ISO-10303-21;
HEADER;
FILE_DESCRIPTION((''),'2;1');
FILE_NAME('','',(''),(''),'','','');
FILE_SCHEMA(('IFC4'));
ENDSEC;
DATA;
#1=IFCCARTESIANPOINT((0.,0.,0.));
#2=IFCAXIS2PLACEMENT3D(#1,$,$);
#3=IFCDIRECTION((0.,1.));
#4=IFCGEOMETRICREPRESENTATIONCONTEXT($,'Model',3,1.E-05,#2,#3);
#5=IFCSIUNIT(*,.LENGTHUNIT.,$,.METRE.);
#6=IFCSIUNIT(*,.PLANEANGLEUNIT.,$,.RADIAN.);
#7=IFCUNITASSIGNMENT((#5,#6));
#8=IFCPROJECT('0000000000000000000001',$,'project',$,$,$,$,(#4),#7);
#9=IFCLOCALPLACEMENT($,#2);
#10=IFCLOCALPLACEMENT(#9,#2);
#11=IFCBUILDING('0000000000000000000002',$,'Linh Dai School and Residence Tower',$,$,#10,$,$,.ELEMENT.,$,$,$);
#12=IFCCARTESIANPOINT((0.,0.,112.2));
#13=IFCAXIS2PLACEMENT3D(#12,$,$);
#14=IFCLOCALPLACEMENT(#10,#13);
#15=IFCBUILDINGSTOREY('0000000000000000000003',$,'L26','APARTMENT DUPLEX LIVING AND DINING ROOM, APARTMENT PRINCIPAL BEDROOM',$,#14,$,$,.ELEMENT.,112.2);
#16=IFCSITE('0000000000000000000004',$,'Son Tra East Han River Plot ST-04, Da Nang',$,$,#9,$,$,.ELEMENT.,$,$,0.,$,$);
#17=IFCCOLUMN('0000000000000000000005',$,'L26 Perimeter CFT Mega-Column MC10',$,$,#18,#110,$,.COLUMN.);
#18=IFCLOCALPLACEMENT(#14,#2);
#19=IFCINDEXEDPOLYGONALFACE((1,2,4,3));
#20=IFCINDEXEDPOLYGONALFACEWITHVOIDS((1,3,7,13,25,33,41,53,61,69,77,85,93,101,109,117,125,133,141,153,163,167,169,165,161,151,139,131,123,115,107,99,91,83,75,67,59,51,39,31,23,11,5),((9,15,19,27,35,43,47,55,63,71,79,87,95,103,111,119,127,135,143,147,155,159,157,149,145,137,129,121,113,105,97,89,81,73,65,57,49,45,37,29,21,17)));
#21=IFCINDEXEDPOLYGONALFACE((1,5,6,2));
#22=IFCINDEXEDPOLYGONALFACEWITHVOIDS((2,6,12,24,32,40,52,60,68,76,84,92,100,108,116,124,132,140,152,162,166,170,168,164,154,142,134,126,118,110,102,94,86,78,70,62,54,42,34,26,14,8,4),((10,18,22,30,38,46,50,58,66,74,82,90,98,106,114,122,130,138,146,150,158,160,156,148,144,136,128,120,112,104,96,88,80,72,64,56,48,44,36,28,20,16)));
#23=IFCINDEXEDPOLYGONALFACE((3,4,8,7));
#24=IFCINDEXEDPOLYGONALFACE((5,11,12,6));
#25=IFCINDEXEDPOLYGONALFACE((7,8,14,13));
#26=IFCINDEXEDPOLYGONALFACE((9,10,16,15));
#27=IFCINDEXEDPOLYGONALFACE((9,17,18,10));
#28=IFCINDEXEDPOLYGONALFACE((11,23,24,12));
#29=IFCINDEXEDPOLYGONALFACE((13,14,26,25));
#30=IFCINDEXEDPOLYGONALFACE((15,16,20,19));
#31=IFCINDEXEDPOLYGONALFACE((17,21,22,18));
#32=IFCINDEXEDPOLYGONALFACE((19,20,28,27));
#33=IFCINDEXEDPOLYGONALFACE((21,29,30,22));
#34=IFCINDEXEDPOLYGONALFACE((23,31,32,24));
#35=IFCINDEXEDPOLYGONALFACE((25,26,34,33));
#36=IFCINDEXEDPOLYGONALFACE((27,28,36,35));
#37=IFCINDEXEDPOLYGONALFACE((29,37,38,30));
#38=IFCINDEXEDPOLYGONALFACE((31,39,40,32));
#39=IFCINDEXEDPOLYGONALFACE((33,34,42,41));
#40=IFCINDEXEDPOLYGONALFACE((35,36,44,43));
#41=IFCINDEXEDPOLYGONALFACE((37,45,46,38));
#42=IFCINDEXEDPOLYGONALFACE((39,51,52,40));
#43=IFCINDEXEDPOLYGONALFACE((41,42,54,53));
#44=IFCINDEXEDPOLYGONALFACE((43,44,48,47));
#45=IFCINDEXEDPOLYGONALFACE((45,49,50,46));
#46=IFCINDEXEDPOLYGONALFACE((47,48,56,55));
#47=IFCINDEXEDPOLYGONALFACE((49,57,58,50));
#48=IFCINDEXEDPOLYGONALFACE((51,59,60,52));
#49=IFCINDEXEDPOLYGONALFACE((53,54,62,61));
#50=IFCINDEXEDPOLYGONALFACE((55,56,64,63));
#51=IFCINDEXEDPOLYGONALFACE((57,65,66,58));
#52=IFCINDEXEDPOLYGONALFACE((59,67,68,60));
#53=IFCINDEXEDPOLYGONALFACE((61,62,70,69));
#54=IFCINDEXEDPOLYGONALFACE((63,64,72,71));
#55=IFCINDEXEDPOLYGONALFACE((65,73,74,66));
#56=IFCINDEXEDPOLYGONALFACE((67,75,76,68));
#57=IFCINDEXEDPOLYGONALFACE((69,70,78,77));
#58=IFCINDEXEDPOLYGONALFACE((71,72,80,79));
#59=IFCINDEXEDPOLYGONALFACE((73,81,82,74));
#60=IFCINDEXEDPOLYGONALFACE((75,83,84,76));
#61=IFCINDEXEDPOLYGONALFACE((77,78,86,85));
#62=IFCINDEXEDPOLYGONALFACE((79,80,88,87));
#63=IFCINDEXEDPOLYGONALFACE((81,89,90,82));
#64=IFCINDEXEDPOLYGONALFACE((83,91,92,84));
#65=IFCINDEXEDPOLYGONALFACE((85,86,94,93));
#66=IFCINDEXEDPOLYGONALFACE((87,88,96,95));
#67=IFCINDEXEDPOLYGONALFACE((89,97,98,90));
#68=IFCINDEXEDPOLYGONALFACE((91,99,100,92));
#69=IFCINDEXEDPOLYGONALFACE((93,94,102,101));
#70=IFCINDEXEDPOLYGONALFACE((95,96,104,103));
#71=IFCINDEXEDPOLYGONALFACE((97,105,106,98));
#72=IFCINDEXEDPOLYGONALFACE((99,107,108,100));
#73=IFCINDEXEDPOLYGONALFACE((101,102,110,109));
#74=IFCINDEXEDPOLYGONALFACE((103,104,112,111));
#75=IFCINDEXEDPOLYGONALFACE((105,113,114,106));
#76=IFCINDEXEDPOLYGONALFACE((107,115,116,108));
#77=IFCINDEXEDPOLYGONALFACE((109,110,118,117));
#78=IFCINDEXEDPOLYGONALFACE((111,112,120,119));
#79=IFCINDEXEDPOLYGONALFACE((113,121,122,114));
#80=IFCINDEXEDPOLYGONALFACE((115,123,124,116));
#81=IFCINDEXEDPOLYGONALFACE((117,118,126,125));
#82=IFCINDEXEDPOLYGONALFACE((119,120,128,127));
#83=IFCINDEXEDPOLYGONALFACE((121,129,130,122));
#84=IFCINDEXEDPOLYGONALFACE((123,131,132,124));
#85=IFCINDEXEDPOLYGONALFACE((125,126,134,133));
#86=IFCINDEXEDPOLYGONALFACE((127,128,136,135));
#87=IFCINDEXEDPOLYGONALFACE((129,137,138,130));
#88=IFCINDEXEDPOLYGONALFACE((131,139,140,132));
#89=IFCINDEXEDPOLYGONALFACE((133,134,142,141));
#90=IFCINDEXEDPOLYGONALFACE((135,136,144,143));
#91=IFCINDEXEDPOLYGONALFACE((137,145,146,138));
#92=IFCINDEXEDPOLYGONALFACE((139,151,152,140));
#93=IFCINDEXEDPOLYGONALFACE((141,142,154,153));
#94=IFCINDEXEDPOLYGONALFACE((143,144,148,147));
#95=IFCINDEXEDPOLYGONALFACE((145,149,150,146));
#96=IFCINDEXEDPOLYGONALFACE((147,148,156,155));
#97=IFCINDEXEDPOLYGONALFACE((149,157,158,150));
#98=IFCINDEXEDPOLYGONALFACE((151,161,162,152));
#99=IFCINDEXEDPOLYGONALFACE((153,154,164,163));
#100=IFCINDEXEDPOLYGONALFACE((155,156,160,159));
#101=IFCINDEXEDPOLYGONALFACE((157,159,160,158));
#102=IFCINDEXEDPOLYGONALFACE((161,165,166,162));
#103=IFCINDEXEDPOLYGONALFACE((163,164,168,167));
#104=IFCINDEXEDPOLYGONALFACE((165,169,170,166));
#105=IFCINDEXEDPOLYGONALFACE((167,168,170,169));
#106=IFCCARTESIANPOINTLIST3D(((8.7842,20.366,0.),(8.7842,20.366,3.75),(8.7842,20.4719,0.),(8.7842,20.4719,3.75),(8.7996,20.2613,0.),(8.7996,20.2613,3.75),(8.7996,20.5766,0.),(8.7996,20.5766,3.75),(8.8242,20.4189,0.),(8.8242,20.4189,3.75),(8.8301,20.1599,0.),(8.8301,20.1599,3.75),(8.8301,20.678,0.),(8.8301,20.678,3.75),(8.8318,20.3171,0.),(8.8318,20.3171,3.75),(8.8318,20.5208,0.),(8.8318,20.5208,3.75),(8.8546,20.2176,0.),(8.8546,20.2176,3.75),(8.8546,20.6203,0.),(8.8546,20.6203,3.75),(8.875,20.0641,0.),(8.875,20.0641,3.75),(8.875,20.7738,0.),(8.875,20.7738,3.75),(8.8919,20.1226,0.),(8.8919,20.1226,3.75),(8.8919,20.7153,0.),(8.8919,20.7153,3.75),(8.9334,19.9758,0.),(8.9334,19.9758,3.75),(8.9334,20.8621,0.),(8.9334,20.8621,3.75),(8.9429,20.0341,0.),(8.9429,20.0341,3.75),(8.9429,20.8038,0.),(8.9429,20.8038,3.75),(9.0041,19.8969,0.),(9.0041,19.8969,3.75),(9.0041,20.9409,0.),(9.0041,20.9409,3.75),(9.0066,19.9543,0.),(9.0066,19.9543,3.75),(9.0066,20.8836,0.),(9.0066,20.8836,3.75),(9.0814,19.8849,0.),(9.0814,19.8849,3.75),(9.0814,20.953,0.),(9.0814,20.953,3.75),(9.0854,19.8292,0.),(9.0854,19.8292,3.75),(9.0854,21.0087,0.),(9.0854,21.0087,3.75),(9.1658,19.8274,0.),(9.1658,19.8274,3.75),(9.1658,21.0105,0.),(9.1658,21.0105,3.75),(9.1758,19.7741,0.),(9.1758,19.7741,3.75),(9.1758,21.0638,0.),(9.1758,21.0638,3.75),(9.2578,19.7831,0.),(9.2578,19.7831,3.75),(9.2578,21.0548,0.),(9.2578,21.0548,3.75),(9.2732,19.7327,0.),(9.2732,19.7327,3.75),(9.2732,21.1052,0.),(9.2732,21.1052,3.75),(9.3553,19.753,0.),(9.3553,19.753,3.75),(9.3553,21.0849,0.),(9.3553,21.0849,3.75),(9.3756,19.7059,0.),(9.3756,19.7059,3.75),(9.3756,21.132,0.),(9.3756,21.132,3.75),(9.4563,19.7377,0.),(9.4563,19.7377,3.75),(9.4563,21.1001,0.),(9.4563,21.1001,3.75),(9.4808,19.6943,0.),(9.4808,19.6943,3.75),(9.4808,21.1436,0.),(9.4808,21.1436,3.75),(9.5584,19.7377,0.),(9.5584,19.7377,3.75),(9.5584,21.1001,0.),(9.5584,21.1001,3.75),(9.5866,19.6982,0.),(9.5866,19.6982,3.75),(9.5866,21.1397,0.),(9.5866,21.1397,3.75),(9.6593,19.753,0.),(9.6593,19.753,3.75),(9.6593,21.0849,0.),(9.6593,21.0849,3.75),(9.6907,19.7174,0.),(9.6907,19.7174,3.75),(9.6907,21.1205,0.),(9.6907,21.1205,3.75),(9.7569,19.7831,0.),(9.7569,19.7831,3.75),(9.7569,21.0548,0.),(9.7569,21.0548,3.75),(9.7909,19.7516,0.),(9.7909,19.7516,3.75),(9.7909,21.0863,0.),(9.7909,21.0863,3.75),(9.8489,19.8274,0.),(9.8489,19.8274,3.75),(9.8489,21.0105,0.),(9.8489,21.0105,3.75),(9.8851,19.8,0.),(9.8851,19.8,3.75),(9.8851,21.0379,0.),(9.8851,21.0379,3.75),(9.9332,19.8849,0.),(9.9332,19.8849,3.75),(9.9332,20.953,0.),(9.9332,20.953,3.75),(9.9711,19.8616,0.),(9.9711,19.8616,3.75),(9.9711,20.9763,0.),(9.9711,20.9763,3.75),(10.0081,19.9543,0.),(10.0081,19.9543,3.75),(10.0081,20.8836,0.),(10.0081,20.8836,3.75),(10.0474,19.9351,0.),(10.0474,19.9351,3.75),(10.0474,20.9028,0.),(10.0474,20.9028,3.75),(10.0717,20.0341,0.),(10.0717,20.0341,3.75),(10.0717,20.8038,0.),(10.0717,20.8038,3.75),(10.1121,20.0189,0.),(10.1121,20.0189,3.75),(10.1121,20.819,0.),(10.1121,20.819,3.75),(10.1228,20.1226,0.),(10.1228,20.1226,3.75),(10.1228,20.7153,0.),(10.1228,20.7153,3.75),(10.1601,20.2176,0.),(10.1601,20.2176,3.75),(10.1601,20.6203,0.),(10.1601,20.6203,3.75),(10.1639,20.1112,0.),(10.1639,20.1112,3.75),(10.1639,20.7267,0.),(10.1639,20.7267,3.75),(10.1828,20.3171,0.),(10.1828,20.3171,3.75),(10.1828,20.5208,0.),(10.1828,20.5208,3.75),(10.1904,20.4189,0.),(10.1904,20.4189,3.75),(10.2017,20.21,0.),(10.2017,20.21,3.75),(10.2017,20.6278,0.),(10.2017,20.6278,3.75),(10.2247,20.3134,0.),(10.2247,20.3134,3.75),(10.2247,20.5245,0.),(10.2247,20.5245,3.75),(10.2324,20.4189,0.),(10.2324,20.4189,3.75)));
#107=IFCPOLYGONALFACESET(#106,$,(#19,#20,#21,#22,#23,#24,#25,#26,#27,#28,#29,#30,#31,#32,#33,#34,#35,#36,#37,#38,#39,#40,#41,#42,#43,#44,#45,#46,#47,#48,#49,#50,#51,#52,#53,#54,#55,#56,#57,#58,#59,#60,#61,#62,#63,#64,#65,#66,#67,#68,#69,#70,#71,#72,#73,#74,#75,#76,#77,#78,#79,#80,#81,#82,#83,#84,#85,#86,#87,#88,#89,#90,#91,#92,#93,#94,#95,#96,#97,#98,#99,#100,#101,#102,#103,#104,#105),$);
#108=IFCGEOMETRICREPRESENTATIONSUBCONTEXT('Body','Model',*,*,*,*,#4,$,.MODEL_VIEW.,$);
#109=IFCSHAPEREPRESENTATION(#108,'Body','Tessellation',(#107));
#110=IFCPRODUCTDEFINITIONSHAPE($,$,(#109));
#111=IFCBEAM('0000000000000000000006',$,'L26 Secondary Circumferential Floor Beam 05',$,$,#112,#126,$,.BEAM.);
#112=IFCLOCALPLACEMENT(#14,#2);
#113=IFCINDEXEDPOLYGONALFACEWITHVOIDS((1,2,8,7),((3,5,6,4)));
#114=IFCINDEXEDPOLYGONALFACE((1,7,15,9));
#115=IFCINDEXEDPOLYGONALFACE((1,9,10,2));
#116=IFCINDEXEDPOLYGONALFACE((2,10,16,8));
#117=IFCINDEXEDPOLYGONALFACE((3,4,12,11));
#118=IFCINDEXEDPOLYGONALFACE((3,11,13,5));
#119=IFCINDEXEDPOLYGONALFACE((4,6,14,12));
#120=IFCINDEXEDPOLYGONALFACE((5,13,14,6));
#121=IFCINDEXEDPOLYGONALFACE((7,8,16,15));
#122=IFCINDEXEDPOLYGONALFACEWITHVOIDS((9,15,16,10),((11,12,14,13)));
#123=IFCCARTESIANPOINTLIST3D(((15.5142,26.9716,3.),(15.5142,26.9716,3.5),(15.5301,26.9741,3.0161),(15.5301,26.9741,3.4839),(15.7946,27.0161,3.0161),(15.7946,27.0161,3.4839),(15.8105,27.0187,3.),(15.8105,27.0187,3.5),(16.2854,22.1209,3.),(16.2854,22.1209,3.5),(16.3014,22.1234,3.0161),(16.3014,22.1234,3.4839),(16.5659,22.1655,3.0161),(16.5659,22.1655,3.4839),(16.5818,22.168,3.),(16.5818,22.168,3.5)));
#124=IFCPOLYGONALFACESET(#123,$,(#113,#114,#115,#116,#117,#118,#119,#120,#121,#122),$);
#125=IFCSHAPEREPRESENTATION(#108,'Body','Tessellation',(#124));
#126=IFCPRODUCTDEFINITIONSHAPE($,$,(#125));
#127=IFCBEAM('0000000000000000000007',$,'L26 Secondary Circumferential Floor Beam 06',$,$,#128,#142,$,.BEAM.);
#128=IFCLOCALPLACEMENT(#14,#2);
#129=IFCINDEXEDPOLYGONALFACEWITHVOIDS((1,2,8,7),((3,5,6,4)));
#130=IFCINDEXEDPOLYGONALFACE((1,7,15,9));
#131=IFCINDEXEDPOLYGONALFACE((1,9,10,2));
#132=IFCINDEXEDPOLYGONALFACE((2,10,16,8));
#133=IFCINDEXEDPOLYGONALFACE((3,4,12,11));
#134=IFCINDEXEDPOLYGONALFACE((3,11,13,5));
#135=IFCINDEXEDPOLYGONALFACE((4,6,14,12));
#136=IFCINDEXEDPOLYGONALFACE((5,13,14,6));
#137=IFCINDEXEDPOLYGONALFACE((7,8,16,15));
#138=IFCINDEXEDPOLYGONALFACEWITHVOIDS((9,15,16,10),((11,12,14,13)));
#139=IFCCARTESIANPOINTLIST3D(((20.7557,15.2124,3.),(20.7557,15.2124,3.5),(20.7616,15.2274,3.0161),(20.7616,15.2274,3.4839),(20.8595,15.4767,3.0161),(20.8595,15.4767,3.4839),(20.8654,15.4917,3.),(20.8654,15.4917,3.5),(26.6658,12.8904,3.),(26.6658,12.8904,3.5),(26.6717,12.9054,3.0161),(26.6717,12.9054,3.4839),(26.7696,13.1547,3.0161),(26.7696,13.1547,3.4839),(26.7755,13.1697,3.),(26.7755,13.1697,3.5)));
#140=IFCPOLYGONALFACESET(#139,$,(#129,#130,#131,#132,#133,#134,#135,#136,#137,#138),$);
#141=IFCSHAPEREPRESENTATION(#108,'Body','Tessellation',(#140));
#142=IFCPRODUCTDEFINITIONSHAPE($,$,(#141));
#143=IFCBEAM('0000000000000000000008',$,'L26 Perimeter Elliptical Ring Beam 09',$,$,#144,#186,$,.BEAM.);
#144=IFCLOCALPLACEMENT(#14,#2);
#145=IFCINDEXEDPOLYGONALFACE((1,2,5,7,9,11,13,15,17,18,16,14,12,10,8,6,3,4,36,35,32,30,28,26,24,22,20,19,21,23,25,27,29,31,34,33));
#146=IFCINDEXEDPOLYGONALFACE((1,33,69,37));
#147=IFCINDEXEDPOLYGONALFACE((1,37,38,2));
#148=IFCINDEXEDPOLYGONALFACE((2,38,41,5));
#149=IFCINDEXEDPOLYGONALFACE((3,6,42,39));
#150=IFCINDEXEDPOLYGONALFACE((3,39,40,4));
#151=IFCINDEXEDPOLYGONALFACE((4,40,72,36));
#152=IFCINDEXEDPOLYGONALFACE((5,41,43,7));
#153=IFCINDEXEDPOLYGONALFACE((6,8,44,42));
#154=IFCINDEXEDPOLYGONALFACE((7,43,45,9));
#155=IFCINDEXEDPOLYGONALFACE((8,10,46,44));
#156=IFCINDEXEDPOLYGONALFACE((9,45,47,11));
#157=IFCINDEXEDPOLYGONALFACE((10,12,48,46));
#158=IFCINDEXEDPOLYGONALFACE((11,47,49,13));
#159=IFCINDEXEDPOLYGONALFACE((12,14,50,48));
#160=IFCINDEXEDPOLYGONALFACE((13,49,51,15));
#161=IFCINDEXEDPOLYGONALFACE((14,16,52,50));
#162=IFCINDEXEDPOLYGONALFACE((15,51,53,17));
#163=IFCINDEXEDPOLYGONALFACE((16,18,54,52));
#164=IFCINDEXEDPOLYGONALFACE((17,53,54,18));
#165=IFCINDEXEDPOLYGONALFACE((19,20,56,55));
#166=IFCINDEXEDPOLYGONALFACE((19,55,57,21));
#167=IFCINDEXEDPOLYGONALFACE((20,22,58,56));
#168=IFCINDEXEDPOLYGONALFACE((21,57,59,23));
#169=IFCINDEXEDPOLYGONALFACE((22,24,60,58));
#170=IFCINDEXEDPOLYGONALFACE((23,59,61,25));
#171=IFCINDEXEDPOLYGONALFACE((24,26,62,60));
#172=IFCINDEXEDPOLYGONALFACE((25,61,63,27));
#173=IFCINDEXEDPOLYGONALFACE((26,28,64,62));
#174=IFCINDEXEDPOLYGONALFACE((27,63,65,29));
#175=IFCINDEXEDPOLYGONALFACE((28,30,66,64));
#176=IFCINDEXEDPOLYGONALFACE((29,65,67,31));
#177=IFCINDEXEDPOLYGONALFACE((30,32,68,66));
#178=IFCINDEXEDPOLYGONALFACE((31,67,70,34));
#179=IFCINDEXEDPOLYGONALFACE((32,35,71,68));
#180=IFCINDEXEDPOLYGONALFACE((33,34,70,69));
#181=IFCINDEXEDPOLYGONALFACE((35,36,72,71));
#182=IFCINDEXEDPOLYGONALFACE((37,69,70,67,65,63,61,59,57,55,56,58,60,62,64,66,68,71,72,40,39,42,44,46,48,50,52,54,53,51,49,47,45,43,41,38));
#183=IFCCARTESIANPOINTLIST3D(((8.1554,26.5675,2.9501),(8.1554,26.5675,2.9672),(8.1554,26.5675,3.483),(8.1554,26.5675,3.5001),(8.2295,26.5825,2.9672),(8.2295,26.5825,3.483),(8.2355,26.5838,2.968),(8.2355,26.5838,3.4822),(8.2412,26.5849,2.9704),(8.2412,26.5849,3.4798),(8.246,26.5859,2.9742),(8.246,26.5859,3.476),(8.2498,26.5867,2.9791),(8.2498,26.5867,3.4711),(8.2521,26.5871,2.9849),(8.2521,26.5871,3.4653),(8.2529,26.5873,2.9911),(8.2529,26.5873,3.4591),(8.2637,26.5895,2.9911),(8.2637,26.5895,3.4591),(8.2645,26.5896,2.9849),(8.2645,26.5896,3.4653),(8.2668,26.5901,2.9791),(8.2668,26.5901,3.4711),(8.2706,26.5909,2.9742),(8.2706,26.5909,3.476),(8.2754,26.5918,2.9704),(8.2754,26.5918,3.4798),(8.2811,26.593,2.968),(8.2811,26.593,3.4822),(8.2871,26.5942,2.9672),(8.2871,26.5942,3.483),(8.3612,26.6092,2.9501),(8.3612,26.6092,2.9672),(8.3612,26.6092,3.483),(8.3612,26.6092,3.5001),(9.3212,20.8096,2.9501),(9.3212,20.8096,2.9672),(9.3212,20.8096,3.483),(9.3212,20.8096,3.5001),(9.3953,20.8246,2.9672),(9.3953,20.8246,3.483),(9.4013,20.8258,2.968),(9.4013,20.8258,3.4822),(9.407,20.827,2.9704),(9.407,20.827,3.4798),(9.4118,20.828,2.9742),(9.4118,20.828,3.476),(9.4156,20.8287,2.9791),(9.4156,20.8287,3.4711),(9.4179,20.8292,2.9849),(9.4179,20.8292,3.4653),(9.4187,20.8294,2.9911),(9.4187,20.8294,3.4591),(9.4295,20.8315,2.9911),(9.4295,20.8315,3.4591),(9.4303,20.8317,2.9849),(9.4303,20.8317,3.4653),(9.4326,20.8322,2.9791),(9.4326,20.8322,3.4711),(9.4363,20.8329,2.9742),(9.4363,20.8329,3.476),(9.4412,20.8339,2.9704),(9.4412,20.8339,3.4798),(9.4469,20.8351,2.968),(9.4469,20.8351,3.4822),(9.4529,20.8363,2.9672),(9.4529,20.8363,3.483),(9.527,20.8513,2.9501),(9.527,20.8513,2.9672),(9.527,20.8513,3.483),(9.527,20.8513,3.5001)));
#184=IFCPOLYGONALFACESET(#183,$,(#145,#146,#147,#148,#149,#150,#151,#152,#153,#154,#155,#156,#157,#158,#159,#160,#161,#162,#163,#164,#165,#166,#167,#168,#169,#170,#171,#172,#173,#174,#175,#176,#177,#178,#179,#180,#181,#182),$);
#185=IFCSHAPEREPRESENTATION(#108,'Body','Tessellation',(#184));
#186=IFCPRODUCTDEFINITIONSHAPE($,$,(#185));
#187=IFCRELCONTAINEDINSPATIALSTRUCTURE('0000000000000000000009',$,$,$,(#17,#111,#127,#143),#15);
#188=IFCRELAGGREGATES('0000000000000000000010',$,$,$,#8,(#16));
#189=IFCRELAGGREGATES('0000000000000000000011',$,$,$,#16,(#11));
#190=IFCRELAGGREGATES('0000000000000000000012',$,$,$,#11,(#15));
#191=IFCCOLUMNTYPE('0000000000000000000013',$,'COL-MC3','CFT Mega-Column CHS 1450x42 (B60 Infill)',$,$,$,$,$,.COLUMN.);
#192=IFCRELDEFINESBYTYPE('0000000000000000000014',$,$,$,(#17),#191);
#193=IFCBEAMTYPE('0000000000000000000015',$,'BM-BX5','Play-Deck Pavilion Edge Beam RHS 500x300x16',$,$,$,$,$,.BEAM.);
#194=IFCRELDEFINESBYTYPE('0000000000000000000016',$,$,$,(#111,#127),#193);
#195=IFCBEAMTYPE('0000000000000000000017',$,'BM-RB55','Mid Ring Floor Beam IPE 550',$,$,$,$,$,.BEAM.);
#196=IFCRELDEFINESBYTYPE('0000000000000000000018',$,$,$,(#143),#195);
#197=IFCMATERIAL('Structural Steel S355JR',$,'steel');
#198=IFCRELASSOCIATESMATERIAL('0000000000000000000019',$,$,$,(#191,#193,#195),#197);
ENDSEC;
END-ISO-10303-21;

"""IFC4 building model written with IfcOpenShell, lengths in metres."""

from ifc_helpers import new_model, si_unit, direction, frame, origin, origin_2d, place, context, subcontext, project, spatial, hollow_rectangle, hollow_circle, i_section, extrude, material, material_profile, profile_set, type_object, element, save


model = new_model("IFC4")

# Units and contexts
model_context = context("Model", 3, precision=1e-05, world=origin(), true_north=direction((0.0, 1.0)))
body_context = subcontext(model_context, "Body", "Model", "MODEL_VIEW")
ifc_project = project(units=[si_unit("LENGTHUNIT", "METRE"), si_unit("PLANEANGLEUNIT", "RADIAN")], contexts=[model_context])

# Site, building, storey
site_placement = place(None, origin())
site = spatial("IfcSite", under=ifc_project, at=site_placement, Name="Son Tra East Han River Plot ST-04, Da Nang", CompositionType="ELEMENT", RefElevation=0.0)
building_placement = place(site_placement, origin())
building = spatial("IfcBuilding", under=site, at=building_placement, Name="Linh Dai School and Residence Tower", CompositionType="ELEMENT")
storey_placement = place(building_placement, frame((0.0, 0.0, 112.2)))
storey = spatial("IfcBuildingStorey", under=building, at=storey_placement, Name="L26", Description="APARTMENT DUPLEX LIVING AND DINING ROOM, APARTMENT PRINCIPAL BEDROOM", CompositionType="ELEMENT", Elevation=112.2)

# Column
ifc_material_1 = material(Name="Structural Steel S355JR", Category="steel")
ifc_material_profile_1 = material_profile(ifc_material_1, hollow_circle(Radius=0.7251, WallThickness=0.042, at=origin_2d()), Name="CHS 1450x42")
ifc_profile_set_1 = profile_set([ifc_material_profile_1], Name="Structural Steel S355JR")
column_type = type_object("IfcColumnType", Name="COL-MC3", Description="CFT Mega-Column CHS 1450x42 (B60 Infill)", PredefinedType="COLUMN", material=ifc_profile_set_1)
column_placement = place(storey_placement, frame((9.5073, 20.4189, 0.0), z_axis=(0.0, 0.0, 1.0), x_axis=(1.0, 0.0, 0.0)))
element("IfcColumn", 1, at=column_placement, inside=storey, type_object=column_type, Name="L26 Perimeter CFT Mega-Column MC10", PredefinedType="COLUMN", context=body_context, shape_type="SweptSolid", body=[
    extrude(hollow_circle(Radius=0.7251, WallThickness=0.042, at=origin_2d()), origin(), (0.0, 0.0, 1.0), 3.75),
])

# Beams
ifc_material_profile_2 = material_profile(ifc_material_1, hollow_rectangle(XDim=0.3, YDim=0.5, WallThickness=0.0161, at=origin_2d()), Name="RHS 500x300x16")
ifc_profile_set_2 = profile_set([ifc_material_profile_2], Name="Structural Steel S355JR")
beam_type_1 = type_object("IfcBeamType", Name="BM-BX5", Description="Play-Deck Pavilion Edge Beam RHS 500x300x16", PredefinedType="BEAM", material=ifc_profile_set_2)
beam_1_placement = place(storey_placement, frame((15.6624, 26.9951, 3.25), z_axis=(0.157027, -0.987594, 0.0), x_axis=(0.987594, 0.157027, 0.0)))
element("IfcBeam", 2, at=beam_1_placement, inside=storey, type_object=beam_type_1, Name="L26 Secondary Circumferential Floor Beam 05", PredefinedType="BEAM", context=body_context, shape_type="SweptSolid", body=[
    extrude(hollow_rectangle(XDim=0.3, YDim=0.5, WallThickness=0.0161, at=origin_2d()), origin(), (0.0, 0.0, 1.0), 4.9116),
])
beam_2_placement = place(storey_placement, frame((20.8105, 15.3521, 3.25), z_axis=(0.930742, -0.365676, 0.0), x_axis=(0.365676, 0.930742, 0.0)))
element("IfcBeam", 3, at=beam_2_placement, inside=storey, type_object=beam_type_1, Name="L26 Secondary Circumferential Floor Beam 06", PredefinedType="BEAM", context=body_context, shape_type="SweptSolid", body=[
    extrude(hollow_rectangle(XDim=0.3, YDim=0.5, WallThickness=0.0161, at=origin_2d()), origin(), (0.0, 0.0, 1.0), 6.3499),
])
ifc_material_profile_3 = material_profile(ifc_material_1, i_section(OverallWidth=0.21, OverallDepth=0.55, WebThickness=0.011, FlangeThickness=0.0171, FilletRadius=0.0239, at=origin_2d()), Name="IPE 550")
ifc_profile_set_3 = profile_set([ifc_material_profile_3], Name="Structural Steel S355JR")
beam_type_2 = type_object("IfcBeamType", Name="BM-RB55", Description="Mid Ring Floor Beam IPE 550", PredefinedType="BEAM", material=ifc_profile_set_3)
beam_3_placement = place(storey_placement, frame((8.2583, 26.5884, 3.2251), z_axis=(0.198441, -0.980113, 0.0), x_axis=(0.980113, 0.198441, 0.0)))
element("IfcBeam", 4, at=beam_3_placement, inside=storey, type_object=beam_type_2, Name="L26 Perimeter Elliptical Ring Beam 09", PredefinedType="BEAM", context=body_context, shape_type="SweptSolid", body=[
    extrude(i_section(OverallWidth=0.21, OverallDepth=0.55, WebThickness=0.011, FlangeThickness=0.0171, FilletRadius=0.0239, at=origin_2d()), origin(), (0.0, 0.0, 1.0), 5.8748),
])

save(model, "model.ifc")
